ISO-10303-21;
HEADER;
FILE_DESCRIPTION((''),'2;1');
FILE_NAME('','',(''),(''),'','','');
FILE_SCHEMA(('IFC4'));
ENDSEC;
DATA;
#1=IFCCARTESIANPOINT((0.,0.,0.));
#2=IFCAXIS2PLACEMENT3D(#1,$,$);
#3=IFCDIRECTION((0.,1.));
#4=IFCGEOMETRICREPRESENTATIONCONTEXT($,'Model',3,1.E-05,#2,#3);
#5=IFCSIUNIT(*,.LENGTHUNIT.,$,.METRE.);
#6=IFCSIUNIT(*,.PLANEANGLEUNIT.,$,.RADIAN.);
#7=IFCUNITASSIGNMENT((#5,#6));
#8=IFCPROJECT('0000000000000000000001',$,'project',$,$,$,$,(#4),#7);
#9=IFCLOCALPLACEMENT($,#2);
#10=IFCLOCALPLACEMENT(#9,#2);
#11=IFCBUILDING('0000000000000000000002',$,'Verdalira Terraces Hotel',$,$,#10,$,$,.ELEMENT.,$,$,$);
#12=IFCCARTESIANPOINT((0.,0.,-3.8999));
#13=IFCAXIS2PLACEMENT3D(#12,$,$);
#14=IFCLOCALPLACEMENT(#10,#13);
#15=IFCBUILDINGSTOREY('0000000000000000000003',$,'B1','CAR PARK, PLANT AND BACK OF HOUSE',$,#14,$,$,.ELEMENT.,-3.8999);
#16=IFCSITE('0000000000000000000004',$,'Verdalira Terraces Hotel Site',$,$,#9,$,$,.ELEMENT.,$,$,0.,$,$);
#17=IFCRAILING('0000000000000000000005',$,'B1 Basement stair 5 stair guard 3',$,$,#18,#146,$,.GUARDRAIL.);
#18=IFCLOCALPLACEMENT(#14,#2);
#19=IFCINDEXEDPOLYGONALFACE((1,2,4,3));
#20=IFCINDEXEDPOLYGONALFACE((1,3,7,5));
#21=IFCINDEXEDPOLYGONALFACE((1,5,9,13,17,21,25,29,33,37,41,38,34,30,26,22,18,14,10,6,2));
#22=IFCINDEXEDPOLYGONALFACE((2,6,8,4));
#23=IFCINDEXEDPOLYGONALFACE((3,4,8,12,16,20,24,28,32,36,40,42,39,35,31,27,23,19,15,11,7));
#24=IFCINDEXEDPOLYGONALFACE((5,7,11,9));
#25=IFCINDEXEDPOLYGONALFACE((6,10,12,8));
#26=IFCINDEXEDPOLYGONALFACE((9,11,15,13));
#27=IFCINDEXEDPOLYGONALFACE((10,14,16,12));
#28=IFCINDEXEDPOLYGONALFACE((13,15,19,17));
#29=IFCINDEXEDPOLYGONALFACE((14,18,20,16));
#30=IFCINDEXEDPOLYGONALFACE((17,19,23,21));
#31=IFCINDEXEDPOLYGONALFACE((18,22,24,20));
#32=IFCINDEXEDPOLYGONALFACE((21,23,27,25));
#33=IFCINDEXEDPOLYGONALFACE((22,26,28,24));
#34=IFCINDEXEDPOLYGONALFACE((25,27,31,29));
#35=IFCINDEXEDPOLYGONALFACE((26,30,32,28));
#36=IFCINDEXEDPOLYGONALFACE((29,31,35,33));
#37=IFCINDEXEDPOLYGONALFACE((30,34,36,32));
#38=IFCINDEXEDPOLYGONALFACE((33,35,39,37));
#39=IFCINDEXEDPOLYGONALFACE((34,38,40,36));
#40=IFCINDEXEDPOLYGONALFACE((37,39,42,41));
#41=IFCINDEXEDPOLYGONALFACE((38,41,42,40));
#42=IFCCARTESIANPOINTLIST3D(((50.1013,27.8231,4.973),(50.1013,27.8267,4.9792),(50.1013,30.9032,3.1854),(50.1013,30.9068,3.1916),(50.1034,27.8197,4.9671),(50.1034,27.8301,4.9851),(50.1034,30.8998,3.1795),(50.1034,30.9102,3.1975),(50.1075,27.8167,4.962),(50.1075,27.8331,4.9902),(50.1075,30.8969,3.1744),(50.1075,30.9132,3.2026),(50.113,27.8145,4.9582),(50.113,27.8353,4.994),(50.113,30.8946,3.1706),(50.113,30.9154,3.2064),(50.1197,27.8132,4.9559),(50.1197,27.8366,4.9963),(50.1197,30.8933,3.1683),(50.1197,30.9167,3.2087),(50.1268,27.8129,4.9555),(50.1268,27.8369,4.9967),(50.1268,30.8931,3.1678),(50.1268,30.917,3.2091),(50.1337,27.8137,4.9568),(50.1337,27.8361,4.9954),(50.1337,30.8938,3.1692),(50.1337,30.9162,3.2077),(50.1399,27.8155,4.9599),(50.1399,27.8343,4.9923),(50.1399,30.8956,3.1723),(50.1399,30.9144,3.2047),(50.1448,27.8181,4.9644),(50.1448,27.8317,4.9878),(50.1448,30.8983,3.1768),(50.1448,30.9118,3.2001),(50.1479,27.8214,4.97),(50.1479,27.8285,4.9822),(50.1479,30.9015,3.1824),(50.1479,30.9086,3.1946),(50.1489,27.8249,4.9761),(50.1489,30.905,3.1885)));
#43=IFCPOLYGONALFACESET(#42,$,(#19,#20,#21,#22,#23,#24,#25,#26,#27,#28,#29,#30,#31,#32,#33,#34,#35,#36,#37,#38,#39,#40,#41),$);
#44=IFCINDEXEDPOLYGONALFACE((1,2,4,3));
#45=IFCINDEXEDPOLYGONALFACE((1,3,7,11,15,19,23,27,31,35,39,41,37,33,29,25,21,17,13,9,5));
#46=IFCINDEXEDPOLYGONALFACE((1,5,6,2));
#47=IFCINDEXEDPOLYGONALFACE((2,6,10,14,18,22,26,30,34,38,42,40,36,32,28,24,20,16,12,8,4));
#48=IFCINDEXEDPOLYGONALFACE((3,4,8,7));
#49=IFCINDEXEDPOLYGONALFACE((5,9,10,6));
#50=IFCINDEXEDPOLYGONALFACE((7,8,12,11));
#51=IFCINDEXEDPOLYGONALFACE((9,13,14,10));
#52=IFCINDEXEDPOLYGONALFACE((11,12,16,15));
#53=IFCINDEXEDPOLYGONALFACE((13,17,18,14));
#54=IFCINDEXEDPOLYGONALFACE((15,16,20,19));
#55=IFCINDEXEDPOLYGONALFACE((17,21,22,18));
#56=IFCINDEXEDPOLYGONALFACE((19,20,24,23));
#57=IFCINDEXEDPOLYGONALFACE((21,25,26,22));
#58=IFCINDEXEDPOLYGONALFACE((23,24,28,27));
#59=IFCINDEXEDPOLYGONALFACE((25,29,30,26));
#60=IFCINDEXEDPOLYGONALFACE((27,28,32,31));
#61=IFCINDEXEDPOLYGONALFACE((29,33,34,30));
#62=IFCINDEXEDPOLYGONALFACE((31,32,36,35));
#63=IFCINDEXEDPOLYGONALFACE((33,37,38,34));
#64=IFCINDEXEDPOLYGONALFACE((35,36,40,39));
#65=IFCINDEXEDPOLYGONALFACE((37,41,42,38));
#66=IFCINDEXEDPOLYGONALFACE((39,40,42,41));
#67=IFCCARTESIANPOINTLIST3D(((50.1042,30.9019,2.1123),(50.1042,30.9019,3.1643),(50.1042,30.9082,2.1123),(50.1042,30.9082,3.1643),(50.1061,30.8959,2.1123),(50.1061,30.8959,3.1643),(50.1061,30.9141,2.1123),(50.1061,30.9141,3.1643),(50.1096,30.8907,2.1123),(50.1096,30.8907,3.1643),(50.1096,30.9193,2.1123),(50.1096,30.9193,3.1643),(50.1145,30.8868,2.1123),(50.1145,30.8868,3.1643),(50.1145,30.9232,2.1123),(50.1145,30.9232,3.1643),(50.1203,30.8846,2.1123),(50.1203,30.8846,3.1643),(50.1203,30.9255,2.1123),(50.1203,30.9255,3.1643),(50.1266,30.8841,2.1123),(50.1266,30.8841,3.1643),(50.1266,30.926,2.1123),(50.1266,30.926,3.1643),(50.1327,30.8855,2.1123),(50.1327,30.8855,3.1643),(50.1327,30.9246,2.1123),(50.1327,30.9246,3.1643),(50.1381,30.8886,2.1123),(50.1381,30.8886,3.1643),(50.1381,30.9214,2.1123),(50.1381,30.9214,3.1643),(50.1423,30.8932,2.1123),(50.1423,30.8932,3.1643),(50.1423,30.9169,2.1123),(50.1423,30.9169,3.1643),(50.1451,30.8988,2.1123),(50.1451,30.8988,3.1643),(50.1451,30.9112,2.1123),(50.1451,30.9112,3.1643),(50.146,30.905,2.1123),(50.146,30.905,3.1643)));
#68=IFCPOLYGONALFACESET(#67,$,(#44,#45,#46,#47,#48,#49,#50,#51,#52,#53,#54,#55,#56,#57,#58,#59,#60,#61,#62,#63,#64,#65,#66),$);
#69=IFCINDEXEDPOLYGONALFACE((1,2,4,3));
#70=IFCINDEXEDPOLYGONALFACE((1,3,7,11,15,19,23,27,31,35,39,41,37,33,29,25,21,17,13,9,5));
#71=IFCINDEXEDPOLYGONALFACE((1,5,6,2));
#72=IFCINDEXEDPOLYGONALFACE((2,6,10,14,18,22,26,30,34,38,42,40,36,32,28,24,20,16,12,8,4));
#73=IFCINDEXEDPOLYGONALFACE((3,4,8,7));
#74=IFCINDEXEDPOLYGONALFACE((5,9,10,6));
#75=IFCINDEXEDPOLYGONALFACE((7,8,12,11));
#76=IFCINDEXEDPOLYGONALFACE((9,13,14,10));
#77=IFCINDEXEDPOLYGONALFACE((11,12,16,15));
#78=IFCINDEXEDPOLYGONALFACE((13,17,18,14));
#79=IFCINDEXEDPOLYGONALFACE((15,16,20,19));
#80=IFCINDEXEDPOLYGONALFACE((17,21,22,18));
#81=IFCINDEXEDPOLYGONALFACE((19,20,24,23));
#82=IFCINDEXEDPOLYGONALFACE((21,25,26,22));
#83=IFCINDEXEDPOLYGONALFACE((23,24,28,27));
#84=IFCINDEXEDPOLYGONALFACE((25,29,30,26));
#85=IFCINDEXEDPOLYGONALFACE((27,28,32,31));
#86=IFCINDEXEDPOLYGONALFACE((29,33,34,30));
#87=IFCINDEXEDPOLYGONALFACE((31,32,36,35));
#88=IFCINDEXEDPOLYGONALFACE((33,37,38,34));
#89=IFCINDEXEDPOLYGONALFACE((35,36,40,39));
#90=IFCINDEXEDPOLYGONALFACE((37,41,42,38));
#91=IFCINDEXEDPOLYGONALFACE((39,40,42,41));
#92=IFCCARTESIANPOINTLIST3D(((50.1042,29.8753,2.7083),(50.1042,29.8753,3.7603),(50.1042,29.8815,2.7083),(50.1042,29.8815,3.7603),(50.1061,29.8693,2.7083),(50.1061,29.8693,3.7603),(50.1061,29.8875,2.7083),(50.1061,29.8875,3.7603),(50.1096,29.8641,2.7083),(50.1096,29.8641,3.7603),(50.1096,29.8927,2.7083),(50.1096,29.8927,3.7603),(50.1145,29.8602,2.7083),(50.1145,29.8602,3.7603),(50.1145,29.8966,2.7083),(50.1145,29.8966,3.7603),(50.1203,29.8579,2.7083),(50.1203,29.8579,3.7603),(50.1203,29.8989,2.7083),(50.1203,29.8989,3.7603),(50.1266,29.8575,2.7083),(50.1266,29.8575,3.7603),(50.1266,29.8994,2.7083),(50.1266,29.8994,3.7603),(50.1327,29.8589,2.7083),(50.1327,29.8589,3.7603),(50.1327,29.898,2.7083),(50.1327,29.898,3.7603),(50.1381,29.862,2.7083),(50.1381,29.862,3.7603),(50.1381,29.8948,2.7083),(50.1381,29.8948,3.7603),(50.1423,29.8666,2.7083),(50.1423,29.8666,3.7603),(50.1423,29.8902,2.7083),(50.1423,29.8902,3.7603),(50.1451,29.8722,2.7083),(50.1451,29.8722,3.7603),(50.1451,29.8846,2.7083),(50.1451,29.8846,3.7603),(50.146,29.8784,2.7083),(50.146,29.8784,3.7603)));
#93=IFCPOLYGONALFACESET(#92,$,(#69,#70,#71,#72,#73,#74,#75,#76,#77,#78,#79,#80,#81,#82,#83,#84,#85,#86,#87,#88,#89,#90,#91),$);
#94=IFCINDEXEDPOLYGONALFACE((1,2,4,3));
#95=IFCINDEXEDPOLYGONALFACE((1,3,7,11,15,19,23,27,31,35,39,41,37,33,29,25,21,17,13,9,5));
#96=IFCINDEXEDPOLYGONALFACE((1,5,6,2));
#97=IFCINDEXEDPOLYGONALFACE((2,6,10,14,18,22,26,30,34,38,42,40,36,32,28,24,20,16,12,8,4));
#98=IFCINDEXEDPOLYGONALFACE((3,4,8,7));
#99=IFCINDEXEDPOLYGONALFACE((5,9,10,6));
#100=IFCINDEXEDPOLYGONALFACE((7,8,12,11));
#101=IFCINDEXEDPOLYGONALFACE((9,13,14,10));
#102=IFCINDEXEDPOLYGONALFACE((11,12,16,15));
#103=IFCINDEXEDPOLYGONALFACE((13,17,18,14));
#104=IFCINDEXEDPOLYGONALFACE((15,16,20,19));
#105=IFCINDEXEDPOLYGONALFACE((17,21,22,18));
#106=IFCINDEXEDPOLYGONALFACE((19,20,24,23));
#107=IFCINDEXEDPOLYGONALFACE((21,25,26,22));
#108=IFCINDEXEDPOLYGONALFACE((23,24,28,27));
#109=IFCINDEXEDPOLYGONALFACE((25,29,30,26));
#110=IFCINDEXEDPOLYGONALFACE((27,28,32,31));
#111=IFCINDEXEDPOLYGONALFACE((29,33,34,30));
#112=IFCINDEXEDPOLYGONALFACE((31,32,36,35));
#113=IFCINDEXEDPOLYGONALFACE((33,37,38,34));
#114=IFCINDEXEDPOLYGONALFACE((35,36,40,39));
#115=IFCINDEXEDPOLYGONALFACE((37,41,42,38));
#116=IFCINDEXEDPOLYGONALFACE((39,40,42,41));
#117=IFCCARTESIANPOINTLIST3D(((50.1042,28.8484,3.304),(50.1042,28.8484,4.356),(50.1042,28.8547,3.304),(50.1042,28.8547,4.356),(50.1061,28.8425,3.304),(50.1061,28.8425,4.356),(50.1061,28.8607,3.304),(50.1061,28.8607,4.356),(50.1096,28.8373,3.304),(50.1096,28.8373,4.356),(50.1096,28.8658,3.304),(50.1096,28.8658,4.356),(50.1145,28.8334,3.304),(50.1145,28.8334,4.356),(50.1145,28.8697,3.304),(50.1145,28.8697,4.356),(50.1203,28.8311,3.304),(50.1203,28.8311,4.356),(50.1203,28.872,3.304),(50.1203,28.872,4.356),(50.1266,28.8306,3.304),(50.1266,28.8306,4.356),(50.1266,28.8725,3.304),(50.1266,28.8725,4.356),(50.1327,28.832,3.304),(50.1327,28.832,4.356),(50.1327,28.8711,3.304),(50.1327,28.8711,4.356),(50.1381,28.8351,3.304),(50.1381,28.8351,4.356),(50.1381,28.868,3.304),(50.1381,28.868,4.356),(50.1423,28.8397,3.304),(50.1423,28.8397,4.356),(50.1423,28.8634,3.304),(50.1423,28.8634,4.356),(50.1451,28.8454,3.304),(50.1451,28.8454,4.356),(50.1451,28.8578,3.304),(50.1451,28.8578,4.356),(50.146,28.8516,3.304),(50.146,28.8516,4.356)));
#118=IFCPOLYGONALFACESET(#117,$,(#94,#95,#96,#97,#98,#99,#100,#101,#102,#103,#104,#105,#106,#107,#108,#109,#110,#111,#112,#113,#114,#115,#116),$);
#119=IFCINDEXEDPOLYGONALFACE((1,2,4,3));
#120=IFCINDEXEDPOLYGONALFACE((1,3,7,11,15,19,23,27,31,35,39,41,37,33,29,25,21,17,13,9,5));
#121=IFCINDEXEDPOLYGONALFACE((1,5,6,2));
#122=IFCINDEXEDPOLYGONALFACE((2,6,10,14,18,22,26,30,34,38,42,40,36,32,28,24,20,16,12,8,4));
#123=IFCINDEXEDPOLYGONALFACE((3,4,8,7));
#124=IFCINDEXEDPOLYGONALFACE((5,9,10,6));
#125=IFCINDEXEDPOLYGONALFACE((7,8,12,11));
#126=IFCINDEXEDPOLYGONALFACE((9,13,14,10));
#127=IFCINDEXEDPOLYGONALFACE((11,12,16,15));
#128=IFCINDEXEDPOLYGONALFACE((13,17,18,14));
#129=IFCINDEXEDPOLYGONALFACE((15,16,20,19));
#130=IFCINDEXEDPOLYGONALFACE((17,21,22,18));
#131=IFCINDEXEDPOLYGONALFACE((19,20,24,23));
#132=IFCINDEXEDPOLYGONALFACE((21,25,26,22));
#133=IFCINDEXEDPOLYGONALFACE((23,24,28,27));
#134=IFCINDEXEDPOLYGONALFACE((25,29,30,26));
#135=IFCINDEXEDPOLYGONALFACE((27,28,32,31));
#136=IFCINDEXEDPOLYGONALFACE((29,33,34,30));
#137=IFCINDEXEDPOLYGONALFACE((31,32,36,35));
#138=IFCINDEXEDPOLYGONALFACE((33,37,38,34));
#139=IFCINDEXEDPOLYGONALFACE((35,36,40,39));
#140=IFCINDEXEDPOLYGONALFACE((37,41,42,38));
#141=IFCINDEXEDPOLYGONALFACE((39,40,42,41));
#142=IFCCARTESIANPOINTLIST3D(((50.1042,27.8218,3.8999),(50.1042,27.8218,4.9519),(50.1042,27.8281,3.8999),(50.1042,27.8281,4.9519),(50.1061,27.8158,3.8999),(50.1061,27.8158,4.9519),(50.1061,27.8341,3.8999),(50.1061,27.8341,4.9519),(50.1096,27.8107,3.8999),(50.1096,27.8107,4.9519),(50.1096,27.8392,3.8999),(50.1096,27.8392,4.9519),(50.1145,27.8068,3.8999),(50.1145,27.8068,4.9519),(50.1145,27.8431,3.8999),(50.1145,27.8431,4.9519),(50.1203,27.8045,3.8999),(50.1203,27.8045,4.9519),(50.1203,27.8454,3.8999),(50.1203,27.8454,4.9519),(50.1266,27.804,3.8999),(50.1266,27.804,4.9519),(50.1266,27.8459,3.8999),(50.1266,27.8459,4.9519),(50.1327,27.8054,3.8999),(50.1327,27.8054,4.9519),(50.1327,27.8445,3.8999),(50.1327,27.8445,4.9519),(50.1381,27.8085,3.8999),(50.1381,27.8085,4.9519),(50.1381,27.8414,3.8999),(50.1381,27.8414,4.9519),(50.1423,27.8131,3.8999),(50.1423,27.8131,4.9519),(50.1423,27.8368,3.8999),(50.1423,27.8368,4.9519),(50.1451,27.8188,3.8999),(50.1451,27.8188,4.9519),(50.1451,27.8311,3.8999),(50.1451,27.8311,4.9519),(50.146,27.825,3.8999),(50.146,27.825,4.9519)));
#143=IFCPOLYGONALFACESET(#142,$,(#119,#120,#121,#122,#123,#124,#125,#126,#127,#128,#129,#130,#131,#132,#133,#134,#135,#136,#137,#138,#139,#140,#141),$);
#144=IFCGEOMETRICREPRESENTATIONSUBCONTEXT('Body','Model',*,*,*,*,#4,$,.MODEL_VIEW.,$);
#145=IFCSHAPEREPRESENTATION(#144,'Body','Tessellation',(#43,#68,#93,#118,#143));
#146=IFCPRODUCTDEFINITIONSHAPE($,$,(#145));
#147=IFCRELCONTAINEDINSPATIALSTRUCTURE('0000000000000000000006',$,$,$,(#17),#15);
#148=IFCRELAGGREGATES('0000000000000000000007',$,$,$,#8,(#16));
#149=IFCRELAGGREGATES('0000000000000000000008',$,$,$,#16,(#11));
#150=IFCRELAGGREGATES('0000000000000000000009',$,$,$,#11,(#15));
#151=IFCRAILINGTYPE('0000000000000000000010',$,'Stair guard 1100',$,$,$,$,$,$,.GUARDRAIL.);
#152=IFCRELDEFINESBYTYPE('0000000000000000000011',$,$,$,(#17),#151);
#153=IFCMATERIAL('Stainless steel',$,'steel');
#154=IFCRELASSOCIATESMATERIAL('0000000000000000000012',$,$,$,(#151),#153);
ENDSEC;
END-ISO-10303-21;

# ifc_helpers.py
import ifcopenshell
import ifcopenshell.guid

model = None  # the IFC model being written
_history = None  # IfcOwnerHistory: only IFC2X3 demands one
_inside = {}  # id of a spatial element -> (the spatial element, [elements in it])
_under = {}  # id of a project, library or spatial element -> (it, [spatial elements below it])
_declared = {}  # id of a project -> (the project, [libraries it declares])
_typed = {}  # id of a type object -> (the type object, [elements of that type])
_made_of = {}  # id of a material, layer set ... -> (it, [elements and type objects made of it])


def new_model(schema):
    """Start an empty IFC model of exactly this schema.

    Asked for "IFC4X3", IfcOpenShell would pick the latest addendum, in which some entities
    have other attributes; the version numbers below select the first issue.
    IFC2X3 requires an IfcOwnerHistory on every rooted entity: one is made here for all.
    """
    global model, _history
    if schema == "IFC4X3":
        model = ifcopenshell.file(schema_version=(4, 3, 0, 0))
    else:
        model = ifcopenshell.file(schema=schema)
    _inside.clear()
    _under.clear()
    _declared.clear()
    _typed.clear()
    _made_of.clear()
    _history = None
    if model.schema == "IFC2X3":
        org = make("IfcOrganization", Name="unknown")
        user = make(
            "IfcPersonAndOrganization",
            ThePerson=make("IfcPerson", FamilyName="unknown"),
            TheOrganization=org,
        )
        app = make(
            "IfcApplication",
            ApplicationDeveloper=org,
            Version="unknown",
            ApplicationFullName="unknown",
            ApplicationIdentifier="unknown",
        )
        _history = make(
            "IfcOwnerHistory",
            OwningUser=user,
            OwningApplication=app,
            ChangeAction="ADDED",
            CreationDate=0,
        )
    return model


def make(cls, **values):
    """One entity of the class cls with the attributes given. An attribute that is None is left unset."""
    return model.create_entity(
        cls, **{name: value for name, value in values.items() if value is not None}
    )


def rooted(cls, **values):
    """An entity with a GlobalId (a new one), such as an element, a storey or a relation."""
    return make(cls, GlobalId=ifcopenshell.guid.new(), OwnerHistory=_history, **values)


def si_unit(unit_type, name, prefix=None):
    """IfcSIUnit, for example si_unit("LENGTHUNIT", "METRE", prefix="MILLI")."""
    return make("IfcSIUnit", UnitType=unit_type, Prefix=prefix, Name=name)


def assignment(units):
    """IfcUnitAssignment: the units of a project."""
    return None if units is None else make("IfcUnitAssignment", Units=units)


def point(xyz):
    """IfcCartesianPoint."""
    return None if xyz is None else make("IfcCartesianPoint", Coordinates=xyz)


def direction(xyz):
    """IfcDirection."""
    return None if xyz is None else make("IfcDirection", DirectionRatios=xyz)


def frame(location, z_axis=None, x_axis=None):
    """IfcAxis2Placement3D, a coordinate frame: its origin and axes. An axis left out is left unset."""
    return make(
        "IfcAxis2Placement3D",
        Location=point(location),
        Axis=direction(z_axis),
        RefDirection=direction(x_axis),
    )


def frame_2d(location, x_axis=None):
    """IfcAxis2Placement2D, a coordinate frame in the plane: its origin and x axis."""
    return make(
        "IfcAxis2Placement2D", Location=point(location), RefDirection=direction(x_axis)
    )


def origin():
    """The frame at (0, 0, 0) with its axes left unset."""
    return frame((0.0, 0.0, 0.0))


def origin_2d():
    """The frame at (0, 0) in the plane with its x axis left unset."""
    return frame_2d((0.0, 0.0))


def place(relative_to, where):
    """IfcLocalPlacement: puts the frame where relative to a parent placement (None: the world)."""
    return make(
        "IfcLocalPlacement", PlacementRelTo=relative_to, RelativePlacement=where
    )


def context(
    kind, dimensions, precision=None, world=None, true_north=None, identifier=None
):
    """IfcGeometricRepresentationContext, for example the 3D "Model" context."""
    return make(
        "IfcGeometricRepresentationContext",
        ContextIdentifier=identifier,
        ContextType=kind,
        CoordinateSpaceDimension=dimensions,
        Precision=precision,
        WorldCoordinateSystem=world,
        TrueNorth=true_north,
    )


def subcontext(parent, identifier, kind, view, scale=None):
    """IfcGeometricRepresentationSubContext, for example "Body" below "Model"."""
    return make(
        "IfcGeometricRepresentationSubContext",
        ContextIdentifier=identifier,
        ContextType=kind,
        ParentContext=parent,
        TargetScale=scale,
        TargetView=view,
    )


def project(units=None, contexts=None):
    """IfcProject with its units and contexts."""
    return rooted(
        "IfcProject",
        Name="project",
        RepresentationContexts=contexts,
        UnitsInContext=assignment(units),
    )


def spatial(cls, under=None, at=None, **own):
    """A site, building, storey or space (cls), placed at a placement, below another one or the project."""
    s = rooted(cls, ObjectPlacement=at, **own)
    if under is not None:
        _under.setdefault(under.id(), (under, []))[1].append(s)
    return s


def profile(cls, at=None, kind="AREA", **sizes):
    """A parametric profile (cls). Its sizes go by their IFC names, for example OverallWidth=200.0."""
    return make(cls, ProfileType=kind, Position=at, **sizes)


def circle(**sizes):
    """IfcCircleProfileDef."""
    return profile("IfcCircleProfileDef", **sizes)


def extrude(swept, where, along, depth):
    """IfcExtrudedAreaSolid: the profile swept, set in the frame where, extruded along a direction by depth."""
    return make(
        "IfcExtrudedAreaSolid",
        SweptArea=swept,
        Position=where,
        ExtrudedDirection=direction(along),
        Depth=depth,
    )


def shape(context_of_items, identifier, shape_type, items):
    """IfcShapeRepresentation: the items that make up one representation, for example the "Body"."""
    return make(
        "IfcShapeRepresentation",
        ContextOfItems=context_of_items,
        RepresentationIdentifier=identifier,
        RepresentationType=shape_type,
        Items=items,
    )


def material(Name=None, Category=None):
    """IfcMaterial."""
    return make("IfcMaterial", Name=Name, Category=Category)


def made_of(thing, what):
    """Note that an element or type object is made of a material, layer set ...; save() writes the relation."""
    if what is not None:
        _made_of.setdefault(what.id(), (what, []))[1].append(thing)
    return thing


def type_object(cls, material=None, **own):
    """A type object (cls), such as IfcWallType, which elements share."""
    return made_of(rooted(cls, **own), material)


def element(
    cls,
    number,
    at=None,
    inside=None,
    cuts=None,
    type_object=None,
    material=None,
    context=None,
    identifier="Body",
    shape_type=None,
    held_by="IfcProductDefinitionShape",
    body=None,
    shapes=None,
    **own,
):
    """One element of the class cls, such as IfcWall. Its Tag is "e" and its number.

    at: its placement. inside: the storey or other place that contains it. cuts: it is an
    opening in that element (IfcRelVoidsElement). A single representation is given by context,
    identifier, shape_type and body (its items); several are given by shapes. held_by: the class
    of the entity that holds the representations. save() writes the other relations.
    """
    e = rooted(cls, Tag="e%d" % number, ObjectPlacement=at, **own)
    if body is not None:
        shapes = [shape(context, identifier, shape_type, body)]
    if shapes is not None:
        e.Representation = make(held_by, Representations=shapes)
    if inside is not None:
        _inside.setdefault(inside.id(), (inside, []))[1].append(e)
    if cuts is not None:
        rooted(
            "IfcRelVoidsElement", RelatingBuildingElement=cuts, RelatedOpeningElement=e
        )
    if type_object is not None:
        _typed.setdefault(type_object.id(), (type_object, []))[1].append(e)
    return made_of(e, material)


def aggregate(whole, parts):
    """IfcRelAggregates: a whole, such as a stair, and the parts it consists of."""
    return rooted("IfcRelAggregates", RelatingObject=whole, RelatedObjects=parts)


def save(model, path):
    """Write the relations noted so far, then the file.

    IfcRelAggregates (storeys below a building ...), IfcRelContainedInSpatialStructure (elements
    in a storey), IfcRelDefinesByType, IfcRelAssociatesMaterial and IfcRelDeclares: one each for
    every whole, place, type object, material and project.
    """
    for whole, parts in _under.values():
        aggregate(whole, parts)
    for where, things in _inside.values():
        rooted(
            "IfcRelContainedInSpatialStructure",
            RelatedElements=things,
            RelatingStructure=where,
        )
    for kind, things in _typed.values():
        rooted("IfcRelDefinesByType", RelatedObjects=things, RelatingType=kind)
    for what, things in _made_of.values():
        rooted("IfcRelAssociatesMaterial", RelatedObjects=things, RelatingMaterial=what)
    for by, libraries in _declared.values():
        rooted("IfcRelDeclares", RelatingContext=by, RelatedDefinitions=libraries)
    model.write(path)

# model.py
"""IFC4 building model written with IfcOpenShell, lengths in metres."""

from ifc_helpers import new_model, si_unit, direction, frame, origin, origin_2d, place, context, subcontext, project, spatial, circle, extrude, material, type_object, element, save


model = new_model("IFC4")

# Units and contexts
model_context = context("Model", 3, precision=1e-05, world=origin(), true_north=direction((0.0, 1.0)))
body_context = subcontext(model_context, "Body", "Model", "MODEL_VIEW")
ifc_project = project(units=[si_unit("LENGTHUNIT", "METRE"), si_unit("PLANEANGLEUNIT", "RADIAN")], contexts=[model_context])

# Site, building, storey
site_placement = place(None, origin())
site = spatial("IfcSite", under=ifc_project, at=site_placement, Name="Verdalira Terraces Hotel Site", CompositionType="ELEMENT", RefElevation=0.0)
building_placement = place(site_placement, origin())
building = spatial("IfcBuilding", under=site, at=building_placement, Name="Verdalira Terraces Hotel", CompositionType="ELEMENT")
storey_placement = place(building_placement, frame((0.0, 0.0, -3.8999)))
storey = spatial("IfcBuildingStorey", under=building, at=storey_placement, Name="B1", Description="CAR PARK, PLANT AND BACK OF HOUSE", CompositionType="ELEMENT", Elevation=-3.8999)

# Railing
ifc_material_1 = material(Name="Stainless steel", Category="steel")
railing_type_1 = type_object("IfcRailingType", Name="Stair guard 1100", PredefinedType="GUARDRAIL", material=ifc_material_1)
railing_1_placement = place(storey_placement, frame((50.125, 30.905, 2.1123)))
element("IfcRailing", 1, at=railing_1_placement, inside=storey, type_object=railing_type_1, Name="B1 Basement stair 5 stair guard 3", PredefinedType="GUARDRAIL", context=body_context, shape_type="SweptSolid", body=[
    extrude(circle(Radius=0.0239, at=origin_2d()), frame((0.0, 0.0, 1.0762), z_axis=(0.0, -0.864891, 0.50196), x_axis=(1.0, 0.0, 0.0)), (0.0, 0.0, 1.0), 3.5613),
    extrude(circle(Radius=0.021, at=origin_2d()), origin(), (0.0, 0.0, 1.0), 1.052),
    extrude(circle(Radius=0.021, at=origin_2d()), frame((0.0, -1.0266, 0.5959)), (0.0, 0.0, 1.0), 1.052),
    extrude(circle(Radius=0.021, at=origin_2d()), frame((0.0, -2.0535, 1.1917)), (0.0, 0.0, 1.0), 1.052),
    extrude(circle(Radius=0.021, at=origin_2d()), frame((0.0, -3.0801, 1.7876)), (0.0, 0.0, 1.0), 1.052),
])

save(model, "model.ifc")
